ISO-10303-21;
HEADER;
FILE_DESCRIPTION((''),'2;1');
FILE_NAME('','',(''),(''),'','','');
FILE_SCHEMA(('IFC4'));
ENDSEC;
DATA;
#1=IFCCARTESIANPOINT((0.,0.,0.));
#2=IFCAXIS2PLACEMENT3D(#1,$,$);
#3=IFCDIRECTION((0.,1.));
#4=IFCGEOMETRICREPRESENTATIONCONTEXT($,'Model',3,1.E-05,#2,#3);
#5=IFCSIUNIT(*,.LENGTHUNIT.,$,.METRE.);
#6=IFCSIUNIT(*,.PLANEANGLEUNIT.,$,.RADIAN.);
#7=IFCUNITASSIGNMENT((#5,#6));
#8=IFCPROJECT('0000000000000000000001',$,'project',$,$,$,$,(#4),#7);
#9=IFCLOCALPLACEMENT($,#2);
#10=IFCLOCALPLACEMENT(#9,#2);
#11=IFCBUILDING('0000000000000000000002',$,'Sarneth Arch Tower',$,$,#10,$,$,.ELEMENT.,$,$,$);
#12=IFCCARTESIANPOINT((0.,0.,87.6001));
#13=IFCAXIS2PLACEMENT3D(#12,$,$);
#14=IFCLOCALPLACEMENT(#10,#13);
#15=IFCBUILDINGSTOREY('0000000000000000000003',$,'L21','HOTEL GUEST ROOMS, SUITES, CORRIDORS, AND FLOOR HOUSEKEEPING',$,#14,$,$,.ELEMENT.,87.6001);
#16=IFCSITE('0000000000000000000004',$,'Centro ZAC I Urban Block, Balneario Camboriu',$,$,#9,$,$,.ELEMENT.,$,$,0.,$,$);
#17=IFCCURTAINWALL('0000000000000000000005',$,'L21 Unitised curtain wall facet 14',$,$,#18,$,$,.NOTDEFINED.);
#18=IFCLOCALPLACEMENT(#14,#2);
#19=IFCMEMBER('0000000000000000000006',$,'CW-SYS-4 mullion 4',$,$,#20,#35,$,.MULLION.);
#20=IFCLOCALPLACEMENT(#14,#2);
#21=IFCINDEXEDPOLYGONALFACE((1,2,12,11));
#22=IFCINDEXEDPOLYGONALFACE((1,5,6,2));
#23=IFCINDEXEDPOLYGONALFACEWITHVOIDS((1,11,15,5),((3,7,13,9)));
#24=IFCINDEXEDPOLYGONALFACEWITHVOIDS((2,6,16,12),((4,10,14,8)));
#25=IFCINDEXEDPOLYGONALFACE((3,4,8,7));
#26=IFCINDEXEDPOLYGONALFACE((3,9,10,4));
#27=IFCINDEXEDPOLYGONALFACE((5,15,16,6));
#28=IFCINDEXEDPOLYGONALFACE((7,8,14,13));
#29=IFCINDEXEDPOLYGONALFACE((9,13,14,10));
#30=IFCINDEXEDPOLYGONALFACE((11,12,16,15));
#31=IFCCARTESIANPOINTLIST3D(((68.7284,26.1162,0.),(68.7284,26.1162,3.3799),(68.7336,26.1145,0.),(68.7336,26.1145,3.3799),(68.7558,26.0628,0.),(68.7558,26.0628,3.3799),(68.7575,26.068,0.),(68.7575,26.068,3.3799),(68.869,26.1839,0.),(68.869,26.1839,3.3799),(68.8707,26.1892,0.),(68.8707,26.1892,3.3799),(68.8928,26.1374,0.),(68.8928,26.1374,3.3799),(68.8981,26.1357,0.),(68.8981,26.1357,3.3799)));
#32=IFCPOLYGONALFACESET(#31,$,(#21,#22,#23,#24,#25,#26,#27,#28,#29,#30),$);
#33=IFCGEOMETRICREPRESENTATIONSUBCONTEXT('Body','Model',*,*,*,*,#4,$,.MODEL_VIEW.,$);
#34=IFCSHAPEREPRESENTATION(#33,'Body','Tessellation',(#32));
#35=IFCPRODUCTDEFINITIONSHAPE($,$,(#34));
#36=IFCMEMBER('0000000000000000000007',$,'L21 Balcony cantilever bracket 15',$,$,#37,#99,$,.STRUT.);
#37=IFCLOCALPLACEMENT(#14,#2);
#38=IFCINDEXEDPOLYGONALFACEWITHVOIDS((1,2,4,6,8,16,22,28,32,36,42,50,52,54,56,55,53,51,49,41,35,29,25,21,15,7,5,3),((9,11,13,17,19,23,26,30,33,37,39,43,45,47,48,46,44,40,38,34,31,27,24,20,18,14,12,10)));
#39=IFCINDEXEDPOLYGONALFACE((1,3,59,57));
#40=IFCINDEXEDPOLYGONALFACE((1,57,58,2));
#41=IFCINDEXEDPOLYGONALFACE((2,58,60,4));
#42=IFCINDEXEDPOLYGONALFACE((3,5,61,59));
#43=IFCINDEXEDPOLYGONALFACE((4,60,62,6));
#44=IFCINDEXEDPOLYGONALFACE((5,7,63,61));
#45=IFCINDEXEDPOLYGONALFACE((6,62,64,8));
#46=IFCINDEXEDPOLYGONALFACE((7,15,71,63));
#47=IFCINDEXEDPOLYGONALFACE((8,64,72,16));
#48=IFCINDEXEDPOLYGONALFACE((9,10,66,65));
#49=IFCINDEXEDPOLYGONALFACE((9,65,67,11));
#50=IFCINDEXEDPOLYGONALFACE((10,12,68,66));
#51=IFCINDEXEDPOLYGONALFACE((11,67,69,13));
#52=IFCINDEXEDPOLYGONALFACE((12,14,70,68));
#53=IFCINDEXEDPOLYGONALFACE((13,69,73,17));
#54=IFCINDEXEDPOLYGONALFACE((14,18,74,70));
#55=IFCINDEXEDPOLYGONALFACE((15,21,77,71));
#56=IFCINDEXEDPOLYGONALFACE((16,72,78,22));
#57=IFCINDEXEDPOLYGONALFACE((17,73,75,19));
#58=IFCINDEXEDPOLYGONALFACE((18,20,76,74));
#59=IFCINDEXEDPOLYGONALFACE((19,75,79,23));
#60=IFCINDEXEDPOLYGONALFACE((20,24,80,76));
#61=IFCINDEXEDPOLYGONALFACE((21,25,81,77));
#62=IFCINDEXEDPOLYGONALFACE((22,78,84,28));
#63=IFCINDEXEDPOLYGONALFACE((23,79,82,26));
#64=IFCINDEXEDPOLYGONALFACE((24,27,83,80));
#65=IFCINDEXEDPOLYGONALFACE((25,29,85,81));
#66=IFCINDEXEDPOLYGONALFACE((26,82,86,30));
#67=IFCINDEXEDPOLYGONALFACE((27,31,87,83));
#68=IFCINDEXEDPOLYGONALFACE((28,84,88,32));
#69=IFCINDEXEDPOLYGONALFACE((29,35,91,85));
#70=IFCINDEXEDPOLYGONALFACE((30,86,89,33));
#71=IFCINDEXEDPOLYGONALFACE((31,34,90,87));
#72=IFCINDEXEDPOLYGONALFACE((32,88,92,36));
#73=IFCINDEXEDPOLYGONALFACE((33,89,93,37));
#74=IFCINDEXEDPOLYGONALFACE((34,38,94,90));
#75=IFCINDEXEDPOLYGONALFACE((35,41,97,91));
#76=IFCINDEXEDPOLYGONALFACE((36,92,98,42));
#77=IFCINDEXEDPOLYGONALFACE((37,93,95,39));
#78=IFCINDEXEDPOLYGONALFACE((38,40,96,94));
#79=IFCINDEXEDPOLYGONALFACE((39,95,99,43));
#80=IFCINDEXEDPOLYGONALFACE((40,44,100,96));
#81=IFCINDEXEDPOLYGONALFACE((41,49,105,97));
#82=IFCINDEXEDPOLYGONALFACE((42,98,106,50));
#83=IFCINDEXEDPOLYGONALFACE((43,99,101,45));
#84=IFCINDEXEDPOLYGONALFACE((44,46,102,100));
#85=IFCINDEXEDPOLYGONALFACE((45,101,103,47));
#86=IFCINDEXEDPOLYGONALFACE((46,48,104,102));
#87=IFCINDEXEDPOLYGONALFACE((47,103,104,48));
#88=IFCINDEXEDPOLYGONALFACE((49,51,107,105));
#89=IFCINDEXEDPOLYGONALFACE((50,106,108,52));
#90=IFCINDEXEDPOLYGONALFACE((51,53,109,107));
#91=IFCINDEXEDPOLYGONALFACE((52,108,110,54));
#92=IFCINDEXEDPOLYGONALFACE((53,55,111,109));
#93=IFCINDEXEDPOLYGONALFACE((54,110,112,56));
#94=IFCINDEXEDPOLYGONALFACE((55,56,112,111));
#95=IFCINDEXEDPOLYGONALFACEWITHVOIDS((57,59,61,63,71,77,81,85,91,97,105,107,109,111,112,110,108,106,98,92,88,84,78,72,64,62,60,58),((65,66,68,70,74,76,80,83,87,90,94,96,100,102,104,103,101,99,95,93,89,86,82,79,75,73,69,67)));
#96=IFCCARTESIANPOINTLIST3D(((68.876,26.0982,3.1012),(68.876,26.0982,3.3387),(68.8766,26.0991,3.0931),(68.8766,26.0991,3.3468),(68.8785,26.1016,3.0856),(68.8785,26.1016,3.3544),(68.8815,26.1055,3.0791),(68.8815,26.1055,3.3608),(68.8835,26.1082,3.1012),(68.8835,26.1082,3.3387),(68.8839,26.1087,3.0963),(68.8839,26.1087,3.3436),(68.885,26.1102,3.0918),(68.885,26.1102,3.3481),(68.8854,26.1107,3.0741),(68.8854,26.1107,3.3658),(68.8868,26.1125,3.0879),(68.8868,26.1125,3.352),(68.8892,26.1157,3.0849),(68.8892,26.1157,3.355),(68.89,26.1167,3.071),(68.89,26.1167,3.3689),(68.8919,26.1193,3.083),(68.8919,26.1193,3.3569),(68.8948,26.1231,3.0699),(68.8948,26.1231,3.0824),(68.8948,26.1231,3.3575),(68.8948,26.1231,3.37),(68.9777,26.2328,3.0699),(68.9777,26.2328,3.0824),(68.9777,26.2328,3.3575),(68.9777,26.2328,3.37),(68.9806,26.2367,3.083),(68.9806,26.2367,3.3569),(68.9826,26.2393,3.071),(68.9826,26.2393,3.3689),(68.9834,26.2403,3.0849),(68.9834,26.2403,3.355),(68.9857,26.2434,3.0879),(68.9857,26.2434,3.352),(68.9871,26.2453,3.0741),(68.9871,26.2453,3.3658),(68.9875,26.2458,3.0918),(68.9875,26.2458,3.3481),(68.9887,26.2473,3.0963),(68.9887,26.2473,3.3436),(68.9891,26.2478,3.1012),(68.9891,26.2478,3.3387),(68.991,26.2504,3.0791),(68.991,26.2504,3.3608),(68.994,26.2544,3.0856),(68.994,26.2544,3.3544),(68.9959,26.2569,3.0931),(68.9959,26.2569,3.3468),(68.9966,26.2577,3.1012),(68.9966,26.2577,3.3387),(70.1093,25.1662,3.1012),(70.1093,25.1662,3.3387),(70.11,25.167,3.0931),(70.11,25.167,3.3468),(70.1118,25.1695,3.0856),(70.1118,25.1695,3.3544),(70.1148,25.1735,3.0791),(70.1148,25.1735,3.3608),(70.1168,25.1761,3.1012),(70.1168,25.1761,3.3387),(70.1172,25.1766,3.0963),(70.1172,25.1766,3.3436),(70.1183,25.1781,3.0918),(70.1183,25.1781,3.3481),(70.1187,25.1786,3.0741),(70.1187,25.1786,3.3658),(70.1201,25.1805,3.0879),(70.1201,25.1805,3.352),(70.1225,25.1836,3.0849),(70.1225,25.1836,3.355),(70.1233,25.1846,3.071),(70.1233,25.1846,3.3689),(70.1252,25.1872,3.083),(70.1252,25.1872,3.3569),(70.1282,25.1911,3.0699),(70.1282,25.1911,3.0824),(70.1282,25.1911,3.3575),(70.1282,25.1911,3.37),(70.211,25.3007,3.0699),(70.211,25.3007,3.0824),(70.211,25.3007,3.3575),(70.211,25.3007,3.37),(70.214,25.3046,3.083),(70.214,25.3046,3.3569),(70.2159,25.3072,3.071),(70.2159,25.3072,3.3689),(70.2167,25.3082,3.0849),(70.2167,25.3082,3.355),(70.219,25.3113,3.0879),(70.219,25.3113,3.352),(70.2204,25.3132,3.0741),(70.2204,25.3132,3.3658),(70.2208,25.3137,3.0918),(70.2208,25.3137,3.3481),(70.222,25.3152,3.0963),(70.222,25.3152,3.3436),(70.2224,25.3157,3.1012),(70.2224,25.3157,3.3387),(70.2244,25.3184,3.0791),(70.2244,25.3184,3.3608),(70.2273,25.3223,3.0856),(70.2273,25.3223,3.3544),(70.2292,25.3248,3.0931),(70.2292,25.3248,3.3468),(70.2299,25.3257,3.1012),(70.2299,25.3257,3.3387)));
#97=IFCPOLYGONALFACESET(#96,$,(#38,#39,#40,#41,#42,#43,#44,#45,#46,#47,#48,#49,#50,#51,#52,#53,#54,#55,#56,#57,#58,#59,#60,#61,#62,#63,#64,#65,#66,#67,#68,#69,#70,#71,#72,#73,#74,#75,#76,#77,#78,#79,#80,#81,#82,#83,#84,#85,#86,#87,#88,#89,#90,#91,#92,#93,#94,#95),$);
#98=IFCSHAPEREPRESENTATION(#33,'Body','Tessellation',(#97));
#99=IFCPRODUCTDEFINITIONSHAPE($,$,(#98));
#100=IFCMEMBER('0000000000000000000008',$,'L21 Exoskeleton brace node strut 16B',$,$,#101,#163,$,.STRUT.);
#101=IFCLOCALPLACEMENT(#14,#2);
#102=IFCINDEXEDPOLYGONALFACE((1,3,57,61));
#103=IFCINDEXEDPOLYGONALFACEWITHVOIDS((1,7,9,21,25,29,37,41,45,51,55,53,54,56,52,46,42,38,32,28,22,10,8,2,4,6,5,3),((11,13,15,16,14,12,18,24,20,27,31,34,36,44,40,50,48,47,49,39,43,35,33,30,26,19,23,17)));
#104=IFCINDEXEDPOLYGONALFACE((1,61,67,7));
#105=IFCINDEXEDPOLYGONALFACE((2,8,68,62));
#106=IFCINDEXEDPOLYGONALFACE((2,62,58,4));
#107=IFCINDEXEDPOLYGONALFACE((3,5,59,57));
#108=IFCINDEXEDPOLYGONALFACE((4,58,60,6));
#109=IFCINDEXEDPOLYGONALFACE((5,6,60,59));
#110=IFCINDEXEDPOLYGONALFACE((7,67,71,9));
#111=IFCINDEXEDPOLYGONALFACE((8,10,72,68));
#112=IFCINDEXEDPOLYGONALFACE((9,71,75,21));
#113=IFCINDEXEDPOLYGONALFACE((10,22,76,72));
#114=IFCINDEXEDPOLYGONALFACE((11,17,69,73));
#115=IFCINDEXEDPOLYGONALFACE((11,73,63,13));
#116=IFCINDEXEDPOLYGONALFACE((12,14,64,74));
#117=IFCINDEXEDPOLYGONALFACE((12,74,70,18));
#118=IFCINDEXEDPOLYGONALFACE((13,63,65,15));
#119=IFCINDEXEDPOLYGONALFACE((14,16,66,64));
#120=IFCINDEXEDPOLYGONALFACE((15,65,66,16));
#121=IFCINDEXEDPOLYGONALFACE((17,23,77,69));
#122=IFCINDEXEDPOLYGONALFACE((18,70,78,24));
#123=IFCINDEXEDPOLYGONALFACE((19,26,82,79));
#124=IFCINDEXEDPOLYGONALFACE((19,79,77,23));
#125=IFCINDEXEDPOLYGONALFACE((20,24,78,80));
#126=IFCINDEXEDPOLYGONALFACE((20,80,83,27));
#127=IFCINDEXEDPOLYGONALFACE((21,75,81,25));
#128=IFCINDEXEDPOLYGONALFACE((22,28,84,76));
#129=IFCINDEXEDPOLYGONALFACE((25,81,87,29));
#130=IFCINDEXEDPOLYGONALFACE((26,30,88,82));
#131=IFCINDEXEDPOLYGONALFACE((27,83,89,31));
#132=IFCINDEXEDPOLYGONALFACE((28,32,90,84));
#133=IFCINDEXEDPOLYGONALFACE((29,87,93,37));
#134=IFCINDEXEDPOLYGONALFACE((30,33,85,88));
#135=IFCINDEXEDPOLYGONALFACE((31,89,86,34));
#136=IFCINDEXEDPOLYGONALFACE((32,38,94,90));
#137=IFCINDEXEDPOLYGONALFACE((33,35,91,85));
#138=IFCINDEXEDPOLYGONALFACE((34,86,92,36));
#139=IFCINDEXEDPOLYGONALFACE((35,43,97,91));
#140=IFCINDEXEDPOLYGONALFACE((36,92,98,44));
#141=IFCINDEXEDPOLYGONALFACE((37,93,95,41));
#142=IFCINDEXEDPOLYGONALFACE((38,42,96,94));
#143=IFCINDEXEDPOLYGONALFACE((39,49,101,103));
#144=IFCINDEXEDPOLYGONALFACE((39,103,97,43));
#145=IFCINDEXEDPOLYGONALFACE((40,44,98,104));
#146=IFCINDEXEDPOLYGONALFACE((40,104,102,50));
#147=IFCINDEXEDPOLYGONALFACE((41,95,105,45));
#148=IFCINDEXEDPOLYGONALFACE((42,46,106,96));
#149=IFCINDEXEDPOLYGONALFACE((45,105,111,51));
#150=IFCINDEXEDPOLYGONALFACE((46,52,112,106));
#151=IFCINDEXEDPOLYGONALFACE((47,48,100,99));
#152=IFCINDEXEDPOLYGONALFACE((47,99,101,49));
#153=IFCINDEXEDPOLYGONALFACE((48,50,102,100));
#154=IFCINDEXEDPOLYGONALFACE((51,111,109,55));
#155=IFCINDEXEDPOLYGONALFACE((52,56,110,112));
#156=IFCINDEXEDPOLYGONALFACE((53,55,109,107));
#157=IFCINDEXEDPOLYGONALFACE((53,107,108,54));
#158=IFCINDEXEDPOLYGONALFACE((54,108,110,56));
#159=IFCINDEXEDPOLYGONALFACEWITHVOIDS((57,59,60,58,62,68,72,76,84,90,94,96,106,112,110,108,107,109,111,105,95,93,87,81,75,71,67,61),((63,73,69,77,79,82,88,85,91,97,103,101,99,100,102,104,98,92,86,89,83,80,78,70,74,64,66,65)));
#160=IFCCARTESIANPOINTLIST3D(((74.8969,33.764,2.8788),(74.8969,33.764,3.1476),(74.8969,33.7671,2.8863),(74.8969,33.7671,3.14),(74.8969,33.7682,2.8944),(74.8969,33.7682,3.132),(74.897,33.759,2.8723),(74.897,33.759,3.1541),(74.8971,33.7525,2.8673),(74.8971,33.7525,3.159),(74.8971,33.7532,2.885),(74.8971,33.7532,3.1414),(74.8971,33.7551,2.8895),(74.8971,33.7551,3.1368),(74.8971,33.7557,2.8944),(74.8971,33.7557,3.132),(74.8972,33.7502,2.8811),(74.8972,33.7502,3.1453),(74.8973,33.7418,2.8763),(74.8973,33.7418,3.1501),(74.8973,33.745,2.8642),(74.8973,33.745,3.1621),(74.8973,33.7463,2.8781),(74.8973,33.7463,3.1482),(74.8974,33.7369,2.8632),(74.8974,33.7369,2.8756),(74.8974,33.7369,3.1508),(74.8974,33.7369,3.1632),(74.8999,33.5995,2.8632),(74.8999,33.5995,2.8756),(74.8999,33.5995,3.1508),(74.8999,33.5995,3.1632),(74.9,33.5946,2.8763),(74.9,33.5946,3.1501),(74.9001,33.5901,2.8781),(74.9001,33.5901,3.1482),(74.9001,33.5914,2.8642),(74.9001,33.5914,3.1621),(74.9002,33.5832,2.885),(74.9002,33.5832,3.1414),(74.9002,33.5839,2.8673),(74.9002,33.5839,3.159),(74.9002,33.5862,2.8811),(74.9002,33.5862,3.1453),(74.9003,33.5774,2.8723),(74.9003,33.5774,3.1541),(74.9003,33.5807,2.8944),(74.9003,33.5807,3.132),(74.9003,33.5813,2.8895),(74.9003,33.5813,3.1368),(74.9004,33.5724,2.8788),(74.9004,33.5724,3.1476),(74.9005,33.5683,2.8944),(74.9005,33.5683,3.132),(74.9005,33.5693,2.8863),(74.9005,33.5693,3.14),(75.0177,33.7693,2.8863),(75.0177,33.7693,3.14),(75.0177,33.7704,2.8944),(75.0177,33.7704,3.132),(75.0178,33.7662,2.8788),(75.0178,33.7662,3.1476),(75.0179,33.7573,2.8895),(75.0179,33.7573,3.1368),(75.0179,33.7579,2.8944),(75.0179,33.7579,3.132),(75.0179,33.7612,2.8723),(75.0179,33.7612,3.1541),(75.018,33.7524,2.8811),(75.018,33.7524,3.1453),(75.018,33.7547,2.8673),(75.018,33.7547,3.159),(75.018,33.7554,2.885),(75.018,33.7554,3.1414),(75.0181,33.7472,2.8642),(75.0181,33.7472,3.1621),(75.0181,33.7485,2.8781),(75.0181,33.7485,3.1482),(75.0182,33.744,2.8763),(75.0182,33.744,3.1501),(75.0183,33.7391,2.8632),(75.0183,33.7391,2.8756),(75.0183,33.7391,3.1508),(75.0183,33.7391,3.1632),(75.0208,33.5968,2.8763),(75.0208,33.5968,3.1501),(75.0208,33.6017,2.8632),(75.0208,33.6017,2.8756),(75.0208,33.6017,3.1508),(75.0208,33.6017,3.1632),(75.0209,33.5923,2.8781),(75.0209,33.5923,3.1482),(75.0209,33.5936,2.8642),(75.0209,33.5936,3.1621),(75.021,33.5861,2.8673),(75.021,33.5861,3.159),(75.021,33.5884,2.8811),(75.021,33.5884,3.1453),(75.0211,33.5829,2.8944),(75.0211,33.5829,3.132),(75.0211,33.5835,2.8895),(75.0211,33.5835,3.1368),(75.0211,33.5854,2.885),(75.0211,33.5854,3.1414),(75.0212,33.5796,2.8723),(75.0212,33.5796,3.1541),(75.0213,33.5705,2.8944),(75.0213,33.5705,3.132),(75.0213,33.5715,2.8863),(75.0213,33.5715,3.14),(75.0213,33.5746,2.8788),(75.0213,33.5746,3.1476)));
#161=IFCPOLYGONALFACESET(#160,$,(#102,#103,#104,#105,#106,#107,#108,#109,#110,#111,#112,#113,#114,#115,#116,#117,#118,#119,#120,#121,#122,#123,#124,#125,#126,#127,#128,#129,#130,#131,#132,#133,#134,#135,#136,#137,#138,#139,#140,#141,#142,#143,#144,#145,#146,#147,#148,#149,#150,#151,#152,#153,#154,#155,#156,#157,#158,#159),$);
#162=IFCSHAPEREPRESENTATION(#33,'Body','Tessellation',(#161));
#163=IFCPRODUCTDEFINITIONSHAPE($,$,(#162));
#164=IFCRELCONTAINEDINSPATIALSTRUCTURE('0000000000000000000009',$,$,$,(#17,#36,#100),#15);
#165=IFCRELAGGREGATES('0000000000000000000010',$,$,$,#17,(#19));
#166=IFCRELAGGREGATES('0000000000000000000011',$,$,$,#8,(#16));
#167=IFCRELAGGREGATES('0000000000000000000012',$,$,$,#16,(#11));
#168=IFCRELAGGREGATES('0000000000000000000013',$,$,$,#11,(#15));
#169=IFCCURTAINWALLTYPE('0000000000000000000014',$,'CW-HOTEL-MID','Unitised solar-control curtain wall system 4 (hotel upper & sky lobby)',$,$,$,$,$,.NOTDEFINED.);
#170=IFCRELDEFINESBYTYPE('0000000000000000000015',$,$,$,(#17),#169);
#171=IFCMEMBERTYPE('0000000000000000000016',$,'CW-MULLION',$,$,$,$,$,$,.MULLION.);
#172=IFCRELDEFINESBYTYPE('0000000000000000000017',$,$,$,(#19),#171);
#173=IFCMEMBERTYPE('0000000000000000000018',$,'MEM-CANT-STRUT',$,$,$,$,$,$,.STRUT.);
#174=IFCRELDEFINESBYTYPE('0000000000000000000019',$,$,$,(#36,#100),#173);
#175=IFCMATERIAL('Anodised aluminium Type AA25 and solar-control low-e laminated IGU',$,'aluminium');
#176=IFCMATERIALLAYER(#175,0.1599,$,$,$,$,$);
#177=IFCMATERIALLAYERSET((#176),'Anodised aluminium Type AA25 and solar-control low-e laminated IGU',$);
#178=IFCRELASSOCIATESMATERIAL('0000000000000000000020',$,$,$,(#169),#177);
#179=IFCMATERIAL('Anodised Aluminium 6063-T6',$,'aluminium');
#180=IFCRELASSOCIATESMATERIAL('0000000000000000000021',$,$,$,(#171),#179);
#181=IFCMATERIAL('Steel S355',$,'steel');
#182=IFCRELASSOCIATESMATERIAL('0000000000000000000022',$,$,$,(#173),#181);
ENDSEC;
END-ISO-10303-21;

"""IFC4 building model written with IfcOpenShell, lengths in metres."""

from ifc_helpers import new_model, si_unit, direction, frame, origin, origin_2d, place, context, subcontext, project, spatial, hollow_rectangle, extrude, material, layer, layer_set, material_profile, profile_set, type_object, element, aggregate, save


model = new_model("IFC4")

# Units and contexts
model_context = context("Model", 3, precision=1e-05, world=origin(), true_north=direction((0.0, 1.0)))
body_context = subcontext(model_context, "Body", "Model", "MODEL_VIEW")
ifc_project = project(units=[si_unit("LENGTHUNIT", "METRE"), si_unit("PLANEANGLEUNIT", "RADIAN")], contexts=[model_context])

# Site, building, storey
site_placement = place(None, origin())
site = spatial("IfcSite", under=ifc_project, at=site_placement, Name="Centro ZAC I Urban Block, Balneario Camboriu", CompositionType="ELEMENT", RefElevation=0.0)
building_placement = place(site_placement, origin())
building = spatial("IfcBuilding", under=site, at=building_placement, Name="Sarneth Arch Tower", CompositionType="ELEMENT")
storey_placement = place(building_placement, frame((0.0, 0.0, 87.6001)))
storey = spatial("IfcBuildingStorey", under=building, at=storey_placement, Name="L21", Description="HOTEL GUEST ROOMS, SUITES, CORRIDORS, AND FLOOR HOUSEKEEPING", CompositionType="ELEMENT", Elevation=87.6001)

# Curtain wall, member
ifc_material_1 = material(Name="Anodised aluminium Type AA25 and solar-control low-e laminated IGU", Category="aluminium")
ifc_layer_1 = layer(ifc_material_1, 0.1599)
ifc_layer_set_1 = layer_set([ifc_layer_1], Name="Anodised aluminium Type AA25 and solar-control low-e laminated IGU")
curtain_wall_type = type_object("IfcCurtainWallType", Name="CW-HOTEL-MID", Description="Unitised solar-control curtain wall system 4 (hotel upper & sky lobby)", PredefinedType="NOTDEFINED", material=ifc_layer_set_1)
curtain_wall_placement = place(storey_placement, origin())
curtain_wall = element("IfcCurtainWall", 1, at=curtain_wall_placement, inside=storey, type_object=curtain_wall_type, Name="L21 Unitised curtain wall facet 14", PredefinedType="NOTDEFINED")
ifc_material_2 = material(Name="Anodised Aluminium 6063-T6", Category="aluminium")
ifc_material_profile_1 = material_profile(ifc_material_2, hollow_rectangle(XDim=0.0601, YDim=0.1599, WallThickness=0.0039, at=origin_2d()), Name="AL-MULL-160x60x4")
ifc_profile_set_1 = profile_set([ifc_material_profile_1], Name="Anodised Aluminium 6063-T6")
member_type_1 = type_object("IfcMemberType", Name="CW-MULLION", PredefinedType="MULLION", material=ifc_profile_set_1)
member_1_placement = place(storey_placement, frame((68.8132, 26.126, 0.0), z_axis=(0.0, 0.0, 1.0), x_axis=(-0.456031, 0.889964, 0.0)))
member_1 = element("IfcMember", 2, at=member_1_placement, type_object=member_type_1, Name="CW-SYS-4 mullion 4", PredefinedType="MULLION", context=body_context, shape_type="SweptSolid", body=[
    extrude(hollow_rectangle(XDim=0.0601, YDim=0.1599, WallThickness=0.0039, at=origin_2d()), origin(), (0.0, 0.0, 1.0), 3.3799),
])
aggregate(curtain_wall, [member_1])

# Members
ifc_material_3 = material(Name="Steel S355", Category="steel")
ifc_material_profile_2 = material_profile(ifc_material_3, hollow_rectangle(XDim=0.2, YDim=0.3, WallThickness=0.0125, InnerFilletRadius=0.0188, OuterFilletRadius=0.0312, at=origin_2d()), Name="RHS300x200x12.5")
ifc_profile_set_2 = profile_set([ifc_material_profile_2], Name="Steel S355")
member_type_2 = type_object("IfcMemberType", Name="MEM-CANT-STRUT", PredefinedType="STRUT", material=ifc_profile_set_2)
member_2_placement = place(storey_placement, frame((68.9363, 26.178, 3.22), z_axis=(0.797796, -0.602927, 0.0), x_axis=(0.602927, 0.797796, 0.0)))
element("IfcMember", 3, at=member_2_placement, inside=storey, type_object=member_type_2, Name="L21 Balcony cantilever bracket 15", PredefinedType="STRUT", context=body_context, shape_type="SweptSolid", body=[
    extrude(hollow_rectangle(XDim=0.2, YDim=0.3, WallThickness=0.0125, InnerFilletRadius=0.0188, OuterFilletRadius=0.0312, at=origin_2d()), origin(), (0.0, 0.0, 1.0), 1.5459),
])
member_3_placement = place(storey_placement, frame((74.8987, 33.6682, 3.0132), z_axis=(0.999835, 0.018179, 0.0), x_axis=(-0.018179, 0.999835, 0.0)))
element("IfcMember", 4, at=member_3_placement, inside=storey, type_object=member_type_2, Name="L21 Exoskeleton brace node strut 16B", PredefinedType="STRUT", context=body_context, shape_type="SweptSolid", body=[
    extrude(hollow_rectangle(XDim=0.2, YDim=0.3, WallThickness=0.0125, InnerFilletRadius=0.0188, OuterFilletRadius=0.0312, at=origin_2d()), origin(), (0.0, 0.0, 1.0), 0.1208),
])

save(model, "model.ifc")
